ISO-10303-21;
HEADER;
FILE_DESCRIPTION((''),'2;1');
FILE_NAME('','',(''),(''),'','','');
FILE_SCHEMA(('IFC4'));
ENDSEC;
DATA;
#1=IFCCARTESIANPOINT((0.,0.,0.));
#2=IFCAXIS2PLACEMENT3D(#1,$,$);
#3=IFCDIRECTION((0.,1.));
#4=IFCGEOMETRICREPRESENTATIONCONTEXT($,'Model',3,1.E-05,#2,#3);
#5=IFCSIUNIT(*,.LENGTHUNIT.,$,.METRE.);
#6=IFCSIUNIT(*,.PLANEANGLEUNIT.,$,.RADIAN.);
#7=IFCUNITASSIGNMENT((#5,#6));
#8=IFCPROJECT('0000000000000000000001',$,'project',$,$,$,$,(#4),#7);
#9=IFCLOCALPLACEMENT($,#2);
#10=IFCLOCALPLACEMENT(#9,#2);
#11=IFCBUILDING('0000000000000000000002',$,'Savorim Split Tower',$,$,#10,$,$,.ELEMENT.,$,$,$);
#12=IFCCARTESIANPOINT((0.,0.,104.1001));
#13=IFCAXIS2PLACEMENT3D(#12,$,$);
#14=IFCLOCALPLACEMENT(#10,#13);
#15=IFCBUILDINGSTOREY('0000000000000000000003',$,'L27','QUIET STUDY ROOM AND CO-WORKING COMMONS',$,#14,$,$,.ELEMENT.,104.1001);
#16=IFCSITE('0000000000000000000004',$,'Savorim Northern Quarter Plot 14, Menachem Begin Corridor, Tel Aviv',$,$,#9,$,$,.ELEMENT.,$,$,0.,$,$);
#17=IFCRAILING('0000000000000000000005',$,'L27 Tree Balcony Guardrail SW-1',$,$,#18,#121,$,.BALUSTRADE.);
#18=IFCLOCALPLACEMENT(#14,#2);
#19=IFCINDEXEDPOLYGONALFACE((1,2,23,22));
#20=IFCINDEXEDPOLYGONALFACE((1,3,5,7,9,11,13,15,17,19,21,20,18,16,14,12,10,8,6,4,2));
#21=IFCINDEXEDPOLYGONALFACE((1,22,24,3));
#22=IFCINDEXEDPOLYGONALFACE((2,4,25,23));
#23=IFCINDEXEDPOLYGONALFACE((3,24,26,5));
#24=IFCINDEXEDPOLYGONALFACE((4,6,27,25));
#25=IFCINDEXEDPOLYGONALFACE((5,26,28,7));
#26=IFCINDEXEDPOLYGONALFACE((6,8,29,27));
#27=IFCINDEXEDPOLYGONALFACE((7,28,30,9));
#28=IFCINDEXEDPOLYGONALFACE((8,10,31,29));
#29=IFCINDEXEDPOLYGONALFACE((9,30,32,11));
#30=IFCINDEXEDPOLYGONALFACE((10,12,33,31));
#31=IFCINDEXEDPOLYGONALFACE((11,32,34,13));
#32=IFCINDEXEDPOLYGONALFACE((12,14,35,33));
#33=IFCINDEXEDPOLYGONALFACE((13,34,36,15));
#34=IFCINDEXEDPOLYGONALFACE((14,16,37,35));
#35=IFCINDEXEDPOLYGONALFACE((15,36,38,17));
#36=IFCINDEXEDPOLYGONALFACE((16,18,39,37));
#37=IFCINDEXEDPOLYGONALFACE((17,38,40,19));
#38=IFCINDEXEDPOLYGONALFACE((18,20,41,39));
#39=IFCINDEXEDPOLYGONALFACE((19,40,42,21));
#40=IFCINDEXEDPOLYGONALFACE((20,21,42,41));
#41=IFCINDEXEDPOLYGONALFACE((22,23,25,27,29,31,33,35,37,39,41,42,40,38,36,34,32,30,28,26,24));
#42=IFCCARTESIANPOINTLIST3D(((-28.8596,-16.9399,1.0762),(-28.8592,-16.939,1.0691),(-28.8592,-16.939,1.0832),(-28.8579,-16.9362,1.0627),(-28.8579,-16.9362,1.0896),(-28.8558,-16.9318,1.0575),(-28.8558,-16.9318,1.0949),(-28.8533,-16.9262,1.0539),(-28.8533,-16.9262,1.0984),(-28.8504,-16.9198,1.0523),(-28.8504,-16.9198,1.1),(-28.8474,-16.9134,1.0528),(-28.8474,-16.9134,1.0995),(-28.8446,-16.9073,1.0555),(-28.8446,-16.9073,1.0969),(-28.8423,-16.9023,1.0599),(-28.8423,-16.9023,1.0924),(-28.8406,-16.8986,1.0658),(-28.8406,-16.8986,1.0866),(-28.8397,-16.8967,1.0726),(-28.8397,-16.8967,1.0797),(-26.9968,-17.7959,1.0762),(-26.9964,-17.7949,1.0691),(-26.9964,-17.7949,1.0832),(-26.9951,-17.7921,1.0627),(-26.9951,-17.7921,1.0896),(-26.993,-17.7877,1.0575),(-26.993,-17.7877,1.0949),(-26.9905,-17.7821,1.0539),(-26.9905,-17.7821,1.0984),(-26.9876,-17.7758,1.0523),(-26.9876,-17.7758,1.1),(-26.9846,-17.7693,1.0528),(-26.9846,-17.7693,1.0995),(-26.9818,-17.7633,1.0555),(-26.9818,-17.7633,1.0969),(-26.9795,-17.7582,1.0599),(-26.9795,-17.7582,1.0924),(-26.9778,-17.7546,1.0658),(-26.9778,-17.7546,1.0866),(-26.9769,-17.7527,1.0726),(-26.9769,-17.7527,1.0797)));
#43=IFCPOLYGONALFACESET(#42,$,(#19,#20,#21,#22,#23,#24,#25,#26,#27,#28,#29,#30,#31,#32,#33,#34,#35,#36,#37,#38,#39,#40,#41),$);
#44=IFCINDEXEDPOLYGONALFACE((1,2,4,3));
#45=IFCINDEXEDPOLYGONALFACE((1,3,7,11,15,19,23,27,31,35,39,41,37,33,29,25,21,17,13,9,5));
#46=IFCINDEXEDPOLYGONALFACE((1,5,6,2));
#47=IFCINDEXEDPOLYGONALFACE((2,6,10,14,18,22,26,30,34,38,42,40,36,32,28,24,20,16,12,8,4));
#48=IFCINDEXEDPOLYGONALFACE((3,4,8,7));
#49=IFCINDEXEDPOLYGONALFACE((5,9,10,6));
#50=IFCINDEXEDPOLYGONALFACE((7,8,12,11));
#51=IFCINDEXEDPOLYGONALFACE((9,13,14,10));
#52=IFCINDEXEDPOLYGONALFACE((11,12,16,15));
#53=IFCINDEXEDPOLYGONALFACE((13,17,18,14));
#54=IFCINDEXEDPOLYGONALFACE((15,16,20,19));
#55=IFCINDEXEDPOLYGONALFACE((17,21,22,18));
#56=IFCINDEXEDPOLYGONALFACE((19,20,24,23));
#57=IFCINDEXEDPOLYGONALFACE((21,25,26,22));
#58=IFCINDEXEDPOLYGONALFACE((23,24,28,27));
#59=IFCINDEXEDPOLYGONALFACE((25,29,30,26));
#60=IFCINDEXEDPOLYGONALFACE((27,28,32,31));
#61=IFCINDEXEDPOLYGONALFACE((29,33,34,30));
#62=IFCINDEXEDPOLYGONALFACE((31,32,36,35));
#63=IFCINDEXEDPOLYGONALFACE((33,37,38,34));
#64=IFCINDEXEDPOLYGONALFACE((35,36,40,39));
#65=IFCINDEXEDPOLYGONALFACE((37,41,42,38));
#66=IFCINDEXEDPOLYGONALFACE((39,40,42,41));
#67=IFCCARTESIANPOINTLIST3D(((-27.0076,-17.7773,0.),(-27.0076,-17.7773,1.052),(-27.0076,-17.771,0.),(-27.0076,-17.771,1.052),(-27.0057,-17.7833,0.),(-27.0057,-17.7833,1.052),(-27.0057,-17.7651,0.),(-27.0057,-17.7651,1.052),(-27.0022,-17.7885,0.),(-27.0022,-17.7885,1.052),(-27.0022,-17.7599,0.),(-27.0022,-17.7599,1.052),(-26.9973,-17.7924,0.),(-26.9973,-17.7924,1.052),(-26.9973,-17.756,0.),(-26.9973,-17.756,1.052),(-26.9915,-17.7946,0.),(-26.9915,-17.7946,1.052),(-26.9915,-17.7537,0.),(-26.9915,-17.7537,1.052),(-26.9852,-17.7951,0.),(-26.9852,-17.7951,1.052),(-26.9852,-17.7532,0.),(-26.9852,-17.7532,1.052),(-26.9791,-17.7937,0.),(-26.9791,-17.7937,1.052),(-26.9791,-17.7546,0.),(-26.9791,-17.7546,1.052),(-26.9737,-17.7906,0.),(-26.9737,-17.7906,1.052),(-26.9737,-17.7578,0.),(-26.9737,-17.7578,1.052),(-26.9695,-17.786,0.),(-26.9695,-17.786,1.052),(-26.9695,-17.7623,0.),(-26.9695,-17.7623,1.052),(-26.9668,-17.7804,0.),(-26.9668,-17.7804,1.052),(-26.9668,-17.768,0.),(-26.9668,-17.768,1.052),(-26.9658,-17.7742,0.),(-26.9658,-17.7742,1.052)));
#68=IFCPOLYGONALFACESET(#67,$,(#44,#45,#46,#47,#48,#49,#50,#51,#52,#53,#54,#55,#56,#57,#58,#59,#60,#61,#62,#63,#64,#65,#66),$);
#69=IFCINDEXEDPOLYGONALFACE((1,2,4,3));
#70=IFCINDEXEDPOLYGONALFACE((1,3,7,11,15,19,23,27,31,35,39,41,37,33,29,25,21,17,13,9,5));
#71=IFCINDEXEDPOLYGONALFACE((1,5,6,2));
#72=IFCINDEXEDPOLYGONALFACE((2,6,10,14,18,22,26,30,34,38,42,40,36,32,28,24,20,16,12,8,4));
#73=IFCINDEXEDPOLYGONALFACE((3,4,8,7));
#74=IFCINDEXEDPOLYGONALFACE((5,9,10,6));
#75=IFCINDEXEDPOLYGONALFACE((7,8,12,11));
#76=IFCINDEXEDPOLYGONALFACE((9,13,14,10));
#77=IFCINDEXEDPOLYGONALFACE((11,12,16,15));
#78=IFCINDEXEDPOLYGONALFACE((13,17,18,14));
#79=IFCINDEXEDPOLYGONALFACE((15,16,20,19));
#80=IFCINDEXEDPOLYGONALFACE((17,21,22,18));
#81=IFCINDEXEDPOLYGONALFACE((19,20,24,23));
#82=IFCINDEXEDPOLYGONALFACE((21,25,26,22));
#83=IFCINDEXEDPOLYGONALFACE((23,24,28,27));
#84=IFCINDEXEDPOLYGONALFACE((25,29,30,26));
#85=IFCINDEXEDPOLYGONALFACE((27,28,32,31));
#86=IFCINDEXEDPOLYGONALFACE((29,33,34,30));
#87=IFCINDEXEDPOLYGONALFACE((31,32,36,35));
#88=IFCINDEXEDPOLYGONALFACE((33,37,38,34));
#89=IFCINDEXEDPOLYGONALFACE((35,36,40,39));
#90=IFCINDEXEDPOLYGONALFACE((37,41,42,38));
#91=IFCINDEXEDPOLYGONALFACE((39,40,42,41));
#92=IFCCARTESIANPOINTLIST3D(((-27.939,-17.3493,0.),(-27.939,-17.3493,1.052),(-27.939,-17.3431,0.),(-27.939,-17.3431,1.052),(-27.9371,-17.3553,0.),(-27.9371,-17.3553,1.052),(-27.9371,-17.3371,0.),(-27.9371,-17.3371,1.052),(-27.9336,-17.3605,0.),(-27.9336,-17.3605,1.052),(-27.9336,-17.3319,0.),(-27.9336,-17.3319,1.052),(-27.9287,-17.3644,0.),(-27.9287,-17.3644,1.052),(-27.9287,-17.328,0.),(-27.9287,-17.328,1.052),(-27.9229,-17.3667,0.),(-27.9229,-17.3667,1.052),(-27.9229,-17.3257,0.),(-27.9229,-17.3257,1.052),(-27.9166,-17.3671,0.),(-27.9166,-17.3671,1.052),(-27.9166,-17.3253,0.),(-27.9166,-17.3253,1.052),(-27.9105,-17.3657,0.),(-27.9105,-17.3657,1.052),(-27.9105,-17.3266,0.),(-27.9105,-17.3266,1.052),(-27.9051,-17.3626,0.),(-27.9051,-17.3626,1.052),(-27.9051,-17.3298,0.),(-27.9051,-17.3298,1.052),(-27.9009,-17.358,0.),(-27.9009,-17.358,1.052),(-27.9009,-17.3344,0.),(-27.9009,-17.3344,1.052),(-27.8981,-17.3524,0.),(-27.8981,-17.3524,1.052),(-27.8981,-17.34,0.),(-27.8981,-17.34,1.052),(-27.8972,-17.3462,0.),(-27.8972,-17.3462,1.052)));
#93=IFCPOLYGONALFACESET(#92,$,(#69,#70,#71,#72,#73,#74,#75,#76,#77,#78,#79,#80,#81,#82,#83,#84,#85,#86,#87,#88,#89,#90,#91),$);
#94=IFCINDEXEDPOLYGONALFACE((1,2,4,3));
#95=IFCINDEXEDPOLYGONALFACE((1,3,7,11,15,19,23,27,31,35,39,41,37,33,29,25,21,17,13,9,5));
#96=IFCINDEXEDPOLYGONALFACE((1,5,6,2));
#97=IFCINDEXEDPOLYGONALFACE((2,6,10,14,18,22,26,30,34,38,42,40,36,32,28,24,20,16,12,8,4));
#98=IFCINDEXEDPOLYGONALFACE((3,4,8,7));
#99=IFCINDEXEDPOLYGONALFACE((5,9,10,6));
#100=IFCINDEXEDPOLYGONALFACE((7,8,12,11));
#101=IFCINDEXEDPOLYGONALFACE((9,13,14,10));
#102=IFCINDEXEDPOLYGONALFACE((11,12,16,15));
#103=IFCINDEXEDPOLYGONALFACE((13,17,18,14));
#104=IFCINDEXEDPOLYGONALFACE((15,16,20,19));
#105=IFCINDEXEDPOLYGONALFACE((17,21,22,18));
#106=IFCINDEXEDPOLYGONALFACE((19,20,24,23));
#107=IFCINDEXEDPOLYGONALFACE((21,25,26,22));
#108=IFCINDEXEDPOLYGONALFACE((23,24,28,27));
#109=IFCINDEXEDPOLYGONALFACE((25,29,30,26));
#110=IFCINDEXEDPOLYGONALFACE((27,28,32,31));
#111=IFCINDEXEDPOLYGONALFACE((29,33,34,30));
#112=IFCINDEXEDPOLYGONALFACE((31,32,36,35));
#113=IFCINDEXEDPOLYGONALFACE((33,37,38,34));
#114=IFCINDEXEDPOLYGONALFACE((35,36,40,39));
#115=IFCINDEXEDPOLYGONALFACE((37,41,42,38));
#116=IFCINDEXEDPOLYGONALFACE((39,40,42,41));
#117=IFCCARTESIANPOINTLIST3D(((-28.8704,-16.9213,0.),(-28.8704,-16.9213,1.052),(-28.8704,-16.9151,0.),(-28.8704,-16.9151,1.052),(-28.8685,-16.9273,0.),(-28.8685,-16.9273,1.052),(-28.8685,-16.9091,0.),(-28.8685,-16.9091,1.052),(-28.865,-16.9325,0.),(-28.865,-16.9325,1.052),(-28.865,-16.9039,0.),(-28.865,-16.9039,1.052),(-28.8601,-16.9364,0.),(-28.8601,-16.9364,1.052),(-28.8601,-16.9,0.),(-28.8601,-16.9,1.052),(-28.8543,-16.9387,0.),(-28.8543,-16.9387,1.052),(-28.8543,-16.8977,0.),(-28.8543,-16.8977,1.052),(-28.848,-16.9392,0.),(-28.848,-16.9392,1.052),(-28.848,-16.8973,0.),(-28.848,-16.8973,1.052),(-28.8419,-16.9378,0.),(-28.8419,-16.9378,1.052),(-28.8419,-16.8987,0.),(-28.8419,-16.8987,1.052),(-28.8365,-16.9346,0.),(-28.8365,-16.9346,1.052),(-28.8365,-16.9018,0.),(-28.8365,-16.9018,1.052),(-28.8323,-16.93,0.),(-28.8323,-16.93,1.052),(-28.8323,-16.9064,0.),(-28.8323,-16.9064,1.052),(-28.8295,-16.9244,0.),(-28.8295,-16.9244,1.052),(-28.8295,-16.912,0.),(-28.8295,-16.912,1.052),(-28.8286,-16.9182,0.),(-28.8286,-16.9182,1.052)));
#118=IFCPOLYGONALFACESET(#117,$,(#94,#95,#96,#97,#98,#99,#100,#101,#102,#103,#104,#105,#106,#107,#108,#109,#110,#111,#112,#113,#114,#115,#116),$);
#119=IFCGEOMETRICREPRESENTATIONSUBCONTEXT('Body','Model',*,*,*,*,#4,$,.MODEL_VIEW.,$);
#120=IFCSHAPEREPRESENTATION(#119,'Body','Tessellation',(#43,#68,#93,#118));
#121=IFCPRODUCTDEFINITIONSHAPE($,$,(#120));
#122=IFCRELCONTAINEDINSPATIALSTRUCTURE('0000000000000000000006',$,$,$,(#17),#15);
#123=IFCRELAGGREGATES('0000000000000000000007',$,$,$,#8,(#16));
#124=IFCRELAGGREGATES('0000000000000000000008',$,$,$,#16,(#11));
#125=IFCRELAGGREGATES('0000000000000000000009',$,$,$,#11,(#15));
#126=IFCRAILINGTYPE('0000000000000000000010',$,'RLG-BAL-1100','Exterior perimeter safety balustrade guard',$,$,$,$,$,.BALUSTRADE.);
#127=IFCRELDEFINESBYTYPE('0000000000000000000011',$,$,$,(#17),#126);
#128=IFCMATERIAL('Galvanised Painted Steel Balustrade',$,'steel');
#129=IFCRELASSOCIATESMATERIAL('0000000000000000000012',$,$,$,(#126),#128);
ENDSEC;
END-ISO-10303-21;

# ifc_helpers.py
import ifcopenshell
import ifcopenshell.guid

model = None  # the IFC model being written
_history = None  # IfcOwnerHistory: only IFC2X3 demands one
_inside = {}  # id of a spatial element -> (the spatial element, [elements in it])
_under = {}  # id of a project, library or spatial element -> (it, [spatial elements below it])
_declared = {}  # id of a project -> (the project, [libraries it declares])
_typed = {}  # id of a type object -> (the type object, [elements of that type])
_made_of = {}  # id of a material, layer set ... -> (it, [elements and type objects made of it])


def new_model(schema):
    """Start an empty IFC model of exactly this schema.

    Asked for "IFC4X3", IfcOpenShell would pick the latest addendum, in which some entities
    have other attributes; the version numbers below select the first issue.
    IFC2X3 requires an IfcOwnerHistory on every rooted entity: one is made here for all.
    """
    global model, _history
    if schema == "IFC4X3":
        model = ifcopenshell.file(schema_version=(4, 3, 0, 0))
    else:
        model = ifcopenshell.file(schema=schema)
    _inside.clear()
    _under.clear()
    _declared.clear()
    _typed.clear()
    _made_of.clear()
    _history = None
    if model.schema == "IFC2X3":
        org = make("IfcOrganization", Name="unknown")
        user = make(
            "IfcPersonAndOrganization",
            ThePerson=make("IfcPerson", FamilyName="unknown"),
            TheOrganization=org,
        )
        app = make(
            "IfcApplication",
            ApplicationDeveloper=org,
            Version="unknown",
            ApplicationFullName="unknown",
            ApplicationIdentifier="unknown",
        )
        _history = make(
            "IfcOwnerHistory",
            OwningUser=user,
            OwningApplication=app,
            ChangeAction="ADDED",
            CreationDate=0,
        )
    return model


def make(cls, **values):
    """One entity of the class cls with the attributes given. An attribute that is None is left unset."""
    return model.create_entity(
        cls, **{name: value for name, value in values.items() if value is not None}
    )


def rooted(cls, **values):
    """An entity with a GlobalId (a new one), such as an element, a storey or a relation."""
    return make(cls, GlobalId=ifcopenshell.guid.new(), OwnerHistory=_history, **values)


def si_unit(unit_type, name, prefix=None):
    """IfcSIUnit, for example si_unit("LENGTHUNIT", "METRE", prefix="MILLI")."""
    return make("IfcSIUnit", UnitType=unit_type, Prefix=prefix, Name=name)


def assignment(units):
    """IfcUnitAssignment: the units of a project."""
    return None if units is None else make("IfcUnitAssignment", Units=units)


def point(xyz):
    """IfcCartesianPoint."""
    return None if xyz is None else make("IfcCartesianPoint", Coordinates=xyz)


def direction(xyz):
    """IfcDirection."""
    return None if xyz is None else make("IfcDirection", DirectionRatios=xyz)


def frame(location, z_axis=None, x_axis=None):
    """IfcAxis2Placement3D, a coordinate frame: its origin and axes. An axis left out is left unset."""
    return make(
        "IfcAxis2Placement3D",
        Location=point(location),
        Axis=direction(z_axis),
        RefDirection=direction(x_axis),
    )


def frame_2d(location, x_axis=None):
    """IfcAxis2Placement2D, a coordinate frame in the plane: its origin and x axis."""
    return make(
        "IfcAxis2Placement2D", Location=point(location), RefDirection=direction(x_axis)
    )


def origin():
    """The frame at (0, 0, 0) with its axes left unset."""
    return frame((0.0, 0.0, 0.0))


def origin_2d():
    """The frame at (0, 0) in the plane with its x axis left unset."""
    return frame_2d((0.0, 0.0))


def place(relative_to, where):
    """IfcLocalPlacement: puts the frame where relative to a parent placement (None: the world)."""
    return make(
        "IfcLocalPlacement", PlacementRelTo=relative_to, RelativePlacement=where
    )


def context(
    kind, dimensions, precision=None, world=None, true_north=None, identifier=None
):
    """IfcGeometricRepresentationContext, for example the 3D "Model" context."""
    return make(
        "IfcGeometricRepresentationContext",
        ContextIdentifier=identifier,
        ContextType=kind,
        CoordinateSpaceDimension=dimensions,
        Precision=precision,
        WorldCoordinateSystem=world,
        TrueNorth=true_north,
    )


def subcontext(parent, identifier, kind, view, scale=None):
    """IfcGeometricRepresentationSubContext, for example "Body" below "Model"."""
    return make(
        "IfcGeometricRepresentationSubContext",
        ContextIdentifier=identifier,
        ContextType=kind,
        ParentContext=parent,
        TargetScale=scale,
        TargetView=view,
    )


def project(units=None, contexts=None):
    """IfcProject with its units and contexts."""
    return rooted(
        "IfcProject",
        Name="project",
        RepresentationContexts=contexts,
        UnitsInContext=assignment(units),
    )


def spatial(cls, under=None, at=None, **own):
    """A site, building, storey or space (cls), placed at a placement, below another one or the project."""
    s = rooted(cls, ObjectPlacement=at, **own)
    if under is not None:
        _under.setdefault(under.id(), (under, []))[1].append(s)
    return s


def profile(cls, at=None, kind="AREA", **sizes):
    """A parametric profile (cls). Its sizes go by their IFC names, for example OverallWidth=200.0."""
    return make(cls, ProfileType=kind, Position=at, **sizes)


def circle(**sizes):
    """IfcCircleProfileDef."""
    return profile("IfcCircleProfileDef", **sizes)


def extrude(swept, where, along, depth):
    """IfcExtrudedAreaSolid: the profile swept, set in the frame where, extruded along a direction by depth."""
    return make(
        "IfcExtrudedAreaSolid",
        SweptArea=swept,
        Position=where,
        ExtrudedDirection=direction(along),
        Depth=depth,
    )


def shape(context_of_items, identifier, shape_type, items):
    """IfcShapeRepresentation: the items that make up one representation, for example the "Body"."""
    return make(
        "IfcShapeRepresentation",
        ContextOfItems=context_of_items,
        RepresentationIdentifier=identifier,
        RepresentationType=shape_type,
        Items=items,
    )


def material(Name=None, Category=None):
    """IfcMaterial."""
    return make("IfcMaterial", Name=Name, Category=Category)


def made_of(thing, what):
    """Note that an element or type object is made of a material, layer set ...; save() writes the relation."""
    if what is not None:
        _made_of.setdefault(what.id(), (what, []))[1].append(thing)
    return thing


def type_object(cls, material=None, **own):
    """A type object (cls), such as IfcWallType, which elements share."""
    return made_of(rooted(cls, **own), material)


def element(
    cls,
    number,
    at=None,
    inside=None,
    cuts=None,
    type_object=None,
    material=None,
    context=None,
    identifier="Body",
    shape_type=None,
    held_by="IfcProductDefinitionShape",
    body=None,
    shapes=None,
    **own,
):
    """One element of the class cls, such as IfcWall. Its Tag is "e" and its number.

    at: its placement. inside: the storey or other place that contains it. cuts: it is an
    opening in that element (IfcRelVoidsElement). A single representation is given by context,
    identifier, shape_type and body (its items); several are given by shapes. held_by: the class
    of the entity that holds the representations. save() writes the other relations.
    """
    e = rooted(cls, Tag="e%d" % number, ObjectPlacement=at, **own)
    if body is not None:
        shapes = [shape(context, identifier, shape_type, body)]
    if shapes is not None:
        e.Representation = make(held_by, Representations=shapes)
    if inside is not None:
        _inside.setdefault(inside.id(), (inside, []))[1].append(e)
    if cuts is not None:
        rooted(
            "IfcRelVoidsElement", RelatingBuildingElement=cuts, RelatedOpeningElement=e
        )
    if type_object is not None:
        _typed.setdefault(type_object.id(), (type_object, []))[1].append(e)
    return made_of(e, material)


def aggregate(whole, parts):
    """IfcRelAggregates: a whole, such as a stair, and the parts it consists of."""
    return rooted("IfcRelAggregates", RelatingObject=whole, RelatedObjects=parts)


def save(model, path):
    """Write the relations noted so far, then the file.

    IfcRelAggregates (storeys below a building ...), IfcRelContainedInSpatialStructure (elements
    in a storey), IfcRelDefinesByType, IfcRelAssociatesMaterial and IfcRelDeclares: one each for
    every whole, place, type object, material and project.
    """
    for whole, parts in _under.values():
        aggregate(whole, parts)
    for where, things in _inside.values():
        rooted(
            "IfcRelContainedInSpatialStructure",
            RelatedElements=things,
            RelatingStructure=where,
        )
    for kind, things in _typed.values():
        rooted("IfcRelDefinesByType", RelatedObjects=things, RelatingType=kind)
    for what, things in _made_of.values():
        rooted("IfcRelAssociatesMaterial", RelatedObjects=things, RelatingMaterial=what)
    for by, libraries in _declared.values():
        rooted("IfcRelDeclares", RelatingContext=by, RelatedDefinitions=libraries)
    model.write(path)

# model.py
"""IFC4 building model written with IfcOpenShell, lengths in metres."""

from ifc_helpers import new_model, si_unit, direction, frame, origin, origin_2d, place, context, subcontext, project, spatial, circle, extrude, material, type_object, element, save


model = new_model("IFC4")

# Units and contexts
model_context = context("Model", 3, precision=1e-05, world=origin(), true_north=direction((0.0, 1.0)))
body_context = subcontext(model_context, "Body", "Model", "MODEL_VIEW")
ifc_project = project(units=[si_unit("LENGTHUNIT", "METRE"), si_unit("PLANEANGLEUNIT", "RADIAN")], contexts=[model_context])

# Site, building, storey
site_placement = place(None, origin())
site = spatial("IfcSite", under=ifc_project, at=site_placement, Name="Savorim Northern Quarter Plot 14, Menachem Begin Corridor, Tel Aviv", CompositionType="ELEMENT", RefElevation=0.0)
building_placement = place(site_placement, origin())
building = spatial("IfcBuilding", under=site, at=building_placement, Name="Savorim Split Tower", CompositionType="ELEMENT")
storey_placement = place(building_placement, frame((0.0, 0.0, 104.1001)))
storey = spatial("IfcBuildingStorey", under=building, at=storey_placement, Name="L27", Description="QUIET STUDY ROOM AND CO-WORKING COMMONS", CompositionType="ELEMENT", Elevation=104.1001)

# Railing
ifc_material_1 = material(Name="Galvanised Painted Steel Balustrade", Category="steel")
railing_type = type_object("IfcRailingType", Name="RLG-BAL-1100", Description="Exterior perimeter safety balustrade guard", PredefinedType="BALUSTRADE", material=ifc_material_1)
railing_1_placement = place(storey_placement, frame((-26.9868, -17.7742, 0.0)))
element("IfcRailing", 1, at=railing_1_placement, inside=storey, type_object=railing_type, Name="L27 Tree Balcony Guardrail SW-1", PredefinedType="BALUSTRADE", context=body_context, shape_type="SweptSolid", body=[
    extrude(circle(Radius=0.0239, at=origin_2d()), frame((0.0, 0.0, 1.0762), z_axis=(-0.908662, 0.417532, 0.0), x_axis=(-0.417532, -0.908662, 0.0)), (0.0, 0.0, 1.0), 2.05),
    extrude(circle(Radius=0.021, at=origin_2d()), origin(), (0.0, 0.0, 1.0), 1.052),
    extrude(circle(Radius=0.021, at=origin_2d()), frame((-0.9314, 0.428, 0.0)), (0.0, 0.0, 1.0), 1.052),
    extrude(circle(Radius=0.021, at=origin_2d()), frame((-1.8628, 0.856, 0.0)), (0.0, 0.0, 1.0), 1.052),
])

save(model, "model.ifc")
